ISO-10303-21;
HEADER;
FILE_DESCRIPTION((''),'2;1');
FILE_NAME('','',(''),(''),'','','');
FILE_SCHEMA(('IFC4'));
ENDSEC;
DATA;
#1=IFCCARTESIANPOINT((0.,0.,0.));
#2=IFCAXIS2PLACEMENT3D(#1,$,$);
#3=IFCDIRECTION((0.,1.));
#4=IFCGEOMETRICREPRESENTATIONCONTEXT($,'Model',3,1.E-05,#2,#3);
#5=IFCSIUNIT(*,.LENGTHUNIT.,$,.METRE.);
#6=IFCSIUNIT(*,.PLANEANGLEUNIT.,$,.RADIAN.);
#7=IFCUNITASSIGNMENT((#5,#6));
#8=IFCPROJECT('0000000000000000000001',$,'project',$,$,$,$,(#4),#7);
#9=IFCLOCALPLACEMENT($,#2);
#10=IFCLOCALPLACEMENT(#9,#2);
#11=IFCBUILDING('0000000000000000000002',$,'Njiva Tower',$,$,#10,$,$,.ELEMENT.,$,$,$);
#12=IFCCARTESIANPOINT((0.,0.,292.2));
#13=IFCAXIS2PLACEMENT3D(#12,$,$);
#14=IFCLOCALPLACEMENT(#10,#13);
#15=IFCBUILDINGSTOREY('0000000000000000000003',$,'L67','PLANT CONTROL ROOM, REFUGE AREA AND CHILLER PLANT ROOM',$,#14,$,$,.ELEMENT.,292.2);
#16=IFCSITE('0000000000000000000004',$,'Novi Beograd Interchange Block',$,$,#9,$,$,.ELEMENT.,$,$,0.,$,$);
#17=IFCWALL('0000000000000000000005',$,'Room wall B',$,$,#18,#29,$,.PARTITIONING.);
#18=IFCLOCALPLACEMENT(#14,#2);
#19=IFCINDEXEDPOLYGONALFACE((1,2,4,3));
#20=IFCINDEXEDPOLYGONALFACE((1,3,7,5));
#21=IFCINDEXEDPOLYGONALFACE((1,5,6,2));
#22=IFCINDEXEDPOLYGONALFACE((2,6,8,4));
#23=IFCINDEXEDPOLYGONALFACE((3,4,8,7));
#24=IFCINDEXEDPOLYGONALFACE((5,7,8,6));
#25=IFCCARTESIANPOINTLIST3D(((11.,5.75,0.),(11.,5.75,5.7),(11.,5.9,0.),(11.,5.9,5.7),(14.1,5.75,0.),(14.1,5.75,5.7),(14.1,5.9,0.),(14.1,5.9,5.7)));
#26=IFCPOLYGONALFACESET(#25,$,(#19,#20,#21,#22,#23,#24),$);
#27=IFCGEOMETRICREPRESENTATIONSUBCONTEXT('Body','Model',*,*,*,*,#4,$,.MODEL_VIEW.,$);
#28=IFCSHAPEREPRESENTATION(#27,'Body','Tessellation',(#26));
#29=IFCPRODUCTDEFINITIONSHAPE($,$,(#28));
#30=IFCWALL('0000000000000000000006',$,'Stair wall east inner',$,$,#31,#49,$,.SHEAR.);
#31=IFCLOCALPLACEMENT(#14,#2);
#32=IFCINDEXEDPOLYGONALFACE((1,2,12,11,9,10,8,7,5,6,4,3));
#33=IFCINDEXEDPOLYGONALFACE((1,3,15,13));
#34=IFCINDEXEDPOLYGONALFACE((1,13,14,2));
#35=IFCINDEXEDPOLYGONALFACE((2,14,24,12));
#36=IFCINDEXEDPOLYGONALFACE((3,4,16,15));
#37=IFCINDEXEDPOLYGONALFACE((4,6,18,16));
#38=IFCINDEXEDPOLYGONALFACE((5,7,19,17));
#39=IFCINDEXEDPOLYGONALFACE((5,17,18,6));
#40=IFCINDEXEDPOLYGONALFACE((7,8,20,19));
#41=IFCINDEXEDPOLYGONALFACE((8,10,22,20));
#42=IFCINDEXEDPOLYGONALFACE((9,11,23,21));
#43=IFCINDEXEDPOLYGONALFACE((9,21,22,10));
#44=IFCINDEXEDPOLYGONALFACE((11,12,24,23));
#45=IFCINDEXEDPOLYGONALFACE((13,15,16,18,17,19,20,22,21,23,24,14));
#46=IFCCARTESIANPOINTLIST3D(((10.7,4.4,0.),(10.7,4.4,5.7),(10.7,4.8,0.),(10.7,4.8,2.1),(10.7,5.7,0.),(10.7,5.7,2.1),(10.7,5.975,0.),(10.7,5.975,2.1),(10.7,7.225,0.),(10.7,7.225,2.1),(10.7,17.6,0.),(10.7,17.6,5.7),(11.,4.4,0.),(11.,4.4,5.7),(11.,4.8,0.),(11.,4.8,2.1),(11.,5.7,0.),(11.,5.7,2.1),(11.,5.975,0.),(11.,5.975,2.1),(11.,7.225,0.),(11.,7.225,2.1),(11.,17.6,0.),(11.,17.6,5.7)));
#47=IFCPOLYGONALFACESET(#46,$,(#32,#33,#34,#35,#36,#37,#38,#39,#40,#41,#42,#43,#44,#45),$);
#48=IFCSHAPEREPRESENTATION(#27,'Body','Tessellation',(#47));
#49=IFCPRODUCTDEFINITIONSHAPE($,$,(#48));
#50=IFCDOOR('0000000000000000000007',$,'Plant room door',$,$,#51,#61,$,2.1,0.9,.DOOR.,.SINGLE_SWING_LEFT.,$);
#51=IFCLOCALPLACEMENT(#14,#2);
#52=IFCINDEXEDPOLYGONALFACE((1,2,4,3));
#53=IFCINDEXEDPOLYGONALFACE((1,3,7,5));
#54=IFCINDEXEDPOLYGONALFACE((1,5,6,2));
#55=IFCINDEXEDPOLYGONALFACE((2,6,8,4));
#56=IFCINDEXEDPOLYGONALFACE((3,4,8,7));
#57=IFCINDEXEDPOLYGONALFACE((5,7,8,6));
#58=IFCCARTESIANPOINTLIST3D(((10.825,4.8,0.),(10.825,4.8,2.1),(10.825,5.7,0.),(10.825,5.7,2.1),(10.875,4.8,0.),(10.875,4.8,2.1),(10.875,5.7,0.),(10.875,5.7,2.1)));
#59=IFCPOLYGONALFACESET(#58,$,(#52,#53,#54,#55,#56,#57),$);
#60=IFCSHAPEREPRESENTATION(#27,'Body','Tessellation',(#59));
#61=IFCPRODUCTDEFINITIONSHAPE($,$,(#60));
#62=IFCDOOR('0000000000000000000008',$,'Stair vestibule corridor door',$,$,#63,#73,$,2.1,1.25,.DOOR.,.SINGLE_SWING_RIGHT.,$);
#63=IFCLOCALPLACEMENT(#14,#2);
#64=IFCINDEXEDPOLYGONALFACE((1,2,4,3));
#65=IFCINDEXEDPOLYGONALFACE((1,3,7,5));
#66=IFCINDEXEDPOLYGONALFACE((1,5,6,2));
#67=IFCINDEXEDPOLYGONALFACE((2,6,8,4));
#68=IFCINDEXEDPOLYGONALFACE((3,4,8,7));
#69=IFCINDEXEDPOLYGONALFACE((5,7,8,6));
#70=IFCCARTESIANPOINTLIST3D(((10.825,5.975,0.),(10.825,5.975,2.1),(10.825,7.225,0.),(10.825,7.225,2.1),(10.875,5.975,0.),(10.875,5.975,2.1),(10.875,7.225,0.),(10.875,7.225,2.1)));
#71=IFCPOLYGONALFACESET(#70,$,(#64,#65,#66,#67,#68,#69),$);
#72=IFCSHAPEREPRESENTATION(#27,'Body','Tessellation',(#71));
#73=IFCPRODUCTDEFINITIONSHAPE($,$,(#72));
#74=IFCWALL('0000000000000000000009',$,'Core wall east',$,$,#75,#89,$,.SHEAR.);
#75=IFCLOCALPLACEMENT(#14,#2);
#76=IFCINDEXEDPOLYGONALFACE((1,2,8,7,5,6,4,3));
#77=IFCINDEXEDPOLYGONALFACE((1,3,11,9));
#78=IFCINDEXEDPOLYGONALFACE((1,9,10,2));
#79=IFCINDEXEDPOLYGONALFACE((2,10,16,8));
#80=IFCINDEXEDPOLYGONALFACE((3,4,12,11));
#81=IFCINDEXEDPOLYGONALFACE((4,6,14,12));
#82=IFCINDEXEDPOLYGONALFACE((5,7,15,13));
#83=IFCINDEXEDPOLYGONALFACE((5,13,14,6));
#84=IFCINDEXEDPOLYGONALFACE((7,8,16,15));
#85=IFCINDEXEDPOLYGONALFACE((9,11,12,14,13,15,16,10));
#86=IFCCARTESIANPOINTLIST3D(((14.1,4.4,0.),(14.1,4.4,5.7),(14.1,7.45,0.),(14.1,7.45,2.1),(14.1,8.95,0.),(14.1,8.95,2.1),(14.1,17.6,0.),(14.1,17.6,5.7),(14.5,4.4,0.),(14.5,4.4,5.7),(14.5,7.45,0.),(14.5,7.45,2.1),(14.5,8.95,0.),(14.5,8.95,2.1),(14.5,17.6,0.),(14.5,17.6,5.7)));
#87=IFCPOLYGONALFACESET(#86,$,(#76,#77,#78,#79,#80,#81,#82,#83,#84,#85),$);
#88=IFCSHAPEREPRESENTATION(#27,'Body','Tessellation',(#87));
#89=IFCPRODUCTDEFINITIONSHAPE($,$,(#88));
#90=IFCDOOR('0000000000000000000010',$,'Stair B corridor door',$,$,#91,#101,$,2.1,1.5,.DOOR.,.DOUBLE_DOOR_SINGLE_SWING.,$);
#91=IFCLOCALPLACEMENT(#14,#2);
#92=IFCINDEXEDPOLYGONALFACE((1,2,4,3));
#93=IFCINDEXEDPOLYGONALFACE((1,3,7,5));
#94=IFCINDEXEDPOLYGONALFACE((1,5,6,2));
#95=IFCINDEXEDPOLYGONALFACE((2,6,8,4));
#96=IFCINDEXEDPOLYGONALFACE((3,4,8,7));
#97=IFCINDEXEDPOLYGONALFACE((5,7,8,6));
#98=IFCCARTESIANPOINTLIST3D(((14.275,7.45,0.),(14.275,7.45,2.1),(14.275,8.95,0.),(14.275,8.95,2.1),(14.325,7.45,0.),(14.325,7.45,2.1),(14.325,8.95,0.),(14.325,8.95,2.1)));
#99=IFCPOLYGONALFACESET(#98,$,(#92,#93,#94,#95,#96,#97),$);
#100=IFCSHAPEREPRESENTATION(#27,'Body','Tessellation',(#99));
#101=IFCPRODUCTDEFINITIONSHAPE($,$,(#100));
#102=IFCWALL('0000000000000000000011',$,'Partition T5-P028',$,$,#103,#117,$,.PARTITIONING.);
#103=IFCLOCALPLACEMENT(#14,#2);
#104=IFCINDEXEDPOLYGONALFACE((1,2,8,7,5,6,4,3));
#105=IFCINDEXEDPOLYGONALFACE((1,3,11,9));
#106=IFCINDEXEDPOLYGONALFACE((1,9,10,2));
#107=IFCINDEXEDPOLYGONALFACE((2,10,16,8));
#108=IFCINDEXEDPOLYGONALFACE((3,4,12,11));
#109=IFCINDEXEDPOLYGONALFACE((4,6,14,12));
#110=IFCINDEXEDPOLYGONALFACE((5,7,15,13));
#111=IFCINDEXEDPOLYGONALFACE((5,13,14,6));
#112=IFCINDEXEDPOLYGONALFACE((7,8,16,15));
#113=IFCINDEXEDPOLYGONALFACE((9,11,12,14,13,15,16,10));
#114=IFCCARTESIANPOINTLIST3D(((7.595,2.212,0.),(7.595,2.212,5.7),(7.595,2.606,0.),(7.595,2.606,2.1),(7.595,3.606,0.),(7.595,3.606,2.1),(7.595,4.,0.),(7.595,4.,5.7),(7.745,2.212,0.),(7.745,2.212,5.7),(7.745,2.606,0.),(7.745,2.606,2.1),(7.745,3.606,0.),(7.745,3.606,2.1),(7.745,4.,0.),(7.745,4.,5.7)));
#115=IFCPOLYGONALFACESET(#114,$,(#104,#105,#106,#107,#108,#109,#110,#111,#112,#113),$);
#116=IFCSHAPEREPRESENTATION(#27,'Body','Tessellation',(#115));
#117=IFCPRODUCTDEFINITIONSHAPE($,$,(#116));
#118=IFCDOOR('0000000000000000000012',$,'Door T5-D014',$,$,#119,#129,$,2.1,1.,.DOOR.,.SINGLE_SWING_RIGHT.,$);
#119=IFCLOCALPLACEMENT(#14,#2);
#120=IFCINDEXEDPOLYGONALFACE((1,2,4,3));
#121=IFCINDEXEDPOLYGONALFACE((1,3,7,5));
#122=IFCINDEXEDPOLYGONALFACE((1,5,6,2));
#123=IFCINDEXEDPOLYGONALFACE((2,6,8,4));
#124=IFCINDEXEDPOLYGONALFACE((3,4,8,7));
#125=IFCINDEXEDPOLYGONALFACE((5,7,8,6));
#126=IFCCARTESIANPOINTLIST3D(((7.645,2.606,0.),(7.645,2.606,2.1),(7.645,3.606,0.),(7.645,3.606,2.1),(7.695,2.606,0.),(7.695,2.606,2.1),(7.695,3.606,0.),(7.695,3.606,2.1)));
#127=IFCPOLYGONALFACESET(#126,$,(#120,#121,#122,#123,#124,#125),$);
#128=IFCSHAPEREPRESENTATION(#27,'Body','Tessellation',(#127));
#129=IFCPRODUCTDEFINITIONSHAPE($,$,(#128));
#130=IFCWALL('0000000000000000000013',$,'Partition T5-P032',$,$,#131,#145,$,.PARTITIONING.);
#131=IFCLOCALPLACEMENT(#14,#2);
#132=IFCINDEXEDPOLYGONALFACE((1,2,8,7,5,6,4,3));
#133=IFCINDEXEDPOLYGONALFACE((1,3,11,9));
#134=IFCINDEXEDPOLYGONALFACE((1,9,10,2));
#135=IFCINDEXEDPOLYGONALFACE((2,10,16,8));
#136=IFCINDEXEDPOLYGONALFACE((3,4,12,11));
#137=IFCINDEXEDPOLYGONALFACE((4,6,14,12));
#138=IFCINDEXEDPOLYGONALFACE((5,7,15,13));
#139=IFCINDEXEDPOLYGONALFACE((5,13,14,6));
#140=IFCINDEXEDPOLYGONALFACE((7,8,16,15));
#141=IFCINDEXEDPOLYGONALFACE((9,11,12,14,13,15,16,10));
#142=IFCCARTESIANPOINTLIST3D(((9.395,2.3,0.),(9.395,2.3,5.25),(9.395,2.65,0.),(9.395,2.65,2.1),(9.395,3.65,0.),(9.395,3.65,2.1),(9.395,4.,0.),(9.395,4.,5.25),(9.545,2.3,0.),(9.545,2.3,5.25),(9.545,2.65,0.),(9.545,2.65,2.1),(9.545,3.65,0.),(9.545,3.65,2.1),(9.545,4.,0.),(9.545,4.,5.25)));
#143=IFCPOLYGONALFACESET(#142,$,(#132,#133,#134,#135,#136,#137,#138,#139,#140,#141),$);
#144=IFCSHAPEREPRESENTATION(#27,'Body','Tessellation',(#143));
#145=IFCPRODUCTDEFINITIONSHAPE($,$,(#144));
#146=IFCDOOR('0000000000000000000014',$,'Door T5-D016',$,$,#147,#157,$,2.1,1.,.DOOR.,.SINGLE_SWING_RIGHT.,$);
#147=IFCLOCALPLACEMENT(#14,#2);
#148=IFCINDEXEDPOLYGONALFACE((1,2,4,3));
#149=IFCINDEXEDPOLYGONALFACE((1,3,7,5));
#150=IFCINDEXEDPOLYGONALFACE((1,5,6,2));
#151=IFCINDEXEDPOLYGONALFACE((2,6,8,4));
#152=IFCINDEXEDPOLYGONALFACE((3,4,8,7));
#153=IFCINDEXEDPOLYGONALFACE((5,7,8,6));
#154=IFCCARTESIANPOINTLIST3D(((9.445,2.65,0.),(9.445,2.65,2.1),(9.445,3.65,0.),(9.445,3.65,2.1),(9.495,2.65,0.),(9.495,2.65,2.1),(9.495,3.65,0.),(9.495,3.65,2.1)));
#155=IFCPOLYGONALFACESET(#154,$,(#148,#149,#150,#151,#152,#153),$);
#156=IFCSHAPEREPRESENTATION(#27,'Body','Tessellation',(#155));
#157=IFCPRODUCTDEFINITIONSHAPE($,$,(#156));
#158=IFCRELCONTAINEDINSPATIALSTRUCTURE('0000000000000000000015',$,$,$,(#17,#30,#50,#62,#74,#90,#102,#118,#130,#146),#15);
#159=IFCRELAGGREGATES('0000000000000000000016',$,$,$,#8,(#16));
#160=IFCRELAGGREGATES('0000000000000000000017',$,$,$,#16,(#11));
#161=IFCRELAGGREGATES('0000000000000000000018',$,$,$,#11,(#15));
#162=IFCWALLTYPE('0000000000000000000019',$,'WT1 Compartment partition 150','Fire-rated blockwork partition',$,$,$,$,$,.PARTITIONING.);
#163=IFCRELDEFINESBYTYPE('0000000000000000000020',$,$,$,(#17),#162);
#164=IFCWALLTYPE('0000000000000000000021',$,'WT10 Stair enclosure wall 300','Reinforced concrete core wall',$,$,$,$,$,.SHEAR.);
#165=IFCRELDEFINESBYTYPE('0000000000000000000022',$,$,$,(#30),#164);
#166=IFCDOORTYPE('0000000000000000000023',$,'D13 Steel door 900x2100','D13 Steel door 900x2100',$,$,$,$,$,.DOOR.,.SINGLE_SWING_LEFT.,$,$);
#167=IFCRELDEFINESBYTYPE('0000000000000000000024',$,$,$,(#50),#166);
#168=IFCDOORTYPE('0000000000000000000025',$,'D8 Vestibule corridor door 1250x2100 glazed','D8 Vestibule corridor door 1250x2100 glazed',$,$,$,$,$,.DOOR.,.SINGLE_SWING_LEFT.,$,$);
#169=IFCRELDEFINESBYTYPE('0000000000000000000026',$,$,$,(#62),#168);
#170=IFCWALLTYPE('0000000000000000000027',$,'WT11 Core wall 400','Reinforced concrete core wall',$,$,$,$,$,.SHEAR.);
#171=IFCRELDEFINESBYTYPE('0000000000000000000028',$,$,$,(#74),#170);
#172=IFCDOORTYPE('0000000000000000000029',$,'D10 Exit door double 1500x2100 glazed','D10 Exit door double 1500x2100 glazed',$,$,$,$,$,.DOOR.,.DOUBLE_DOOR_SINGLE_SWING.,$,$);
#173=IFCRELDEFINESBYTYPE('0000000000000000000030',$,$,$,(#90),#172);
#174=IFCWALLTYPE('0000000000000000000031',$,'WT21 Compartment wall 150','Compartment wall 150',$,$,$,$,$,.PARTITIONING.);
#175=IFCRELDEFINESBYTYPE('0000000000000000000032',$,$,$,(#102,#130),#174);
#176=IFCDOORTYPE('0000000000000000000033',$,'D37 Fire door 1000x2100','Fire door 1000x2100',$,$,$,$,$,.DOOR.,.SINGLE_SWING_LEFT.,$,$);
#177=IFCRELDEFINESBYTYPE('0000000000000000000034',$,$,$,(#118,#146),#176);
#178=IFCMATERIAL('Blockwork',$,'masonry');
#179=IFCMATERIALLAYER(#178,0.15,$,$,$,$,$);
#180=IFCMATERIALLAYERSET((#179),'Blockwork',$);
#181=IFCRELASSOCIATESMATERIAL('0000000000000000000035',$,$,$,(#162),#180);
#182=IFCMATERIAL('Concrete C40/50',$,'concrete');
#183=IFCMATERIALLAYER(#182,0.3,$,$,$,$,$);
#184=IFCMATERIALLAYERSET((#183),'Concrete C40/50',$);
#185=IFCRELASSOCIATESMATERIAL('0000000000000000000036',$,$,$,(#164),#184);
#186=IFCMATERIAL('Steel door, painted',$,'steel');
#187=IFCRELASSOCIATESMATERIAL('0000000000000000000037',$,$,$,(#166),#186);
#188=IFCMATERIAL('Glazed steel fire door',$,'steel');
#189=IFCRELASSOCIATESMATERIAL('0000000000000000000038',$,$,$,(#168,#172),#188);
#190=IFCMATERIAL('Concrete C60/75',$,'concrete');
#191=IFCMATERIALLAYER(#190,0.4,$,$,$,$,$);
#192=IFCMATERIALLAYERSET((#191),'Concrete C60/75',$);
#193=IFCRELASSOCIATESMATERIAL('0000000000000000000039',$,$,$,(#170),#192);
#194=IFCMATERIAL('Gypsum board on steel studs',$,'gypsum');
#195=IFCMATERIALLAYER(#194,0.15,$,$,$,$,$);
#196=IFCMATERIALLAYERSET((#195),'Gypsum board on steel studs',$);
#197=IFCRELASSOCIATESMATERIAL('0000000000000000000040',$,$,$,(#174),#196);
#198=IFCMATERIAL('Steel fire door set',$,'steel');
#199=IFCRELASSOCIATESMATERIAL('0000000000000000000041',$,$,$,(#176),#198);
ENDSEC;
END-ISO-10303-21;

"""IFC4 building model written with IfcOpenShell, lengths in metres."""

from ifc_helpers import new_model, si_unit, direction, frame, frame_2d, origin, place, context, subcontext, project, spatial, rectangle, extrude, material, layer, layer_set, type_object, element, fill, save


model = new_model("IFC4")

# Units and contexts
model_context = context("Model", 3, precision=1e-05, world=origin(), true_north=direction((0.0, 1.0)))
body_context = subcontext(model_context, "Body", "Model", "MODEL_VIEW")
ifc_project = project(units=[si_unit("LENGTHUNIT", "METRE"), si_unit("PLANEANGLEUNIT", "RADIAN")], contexts=[model_context])

# Site, building, storey
site_placement = place(None, origin())
site = spatial("IfcSite", under=ifc_project, at=site_placement, Name="Novi Beograd Interchange Block", CompositionType="ELEMENT", RefElevation=0.0)
building_placement = place(site_placement, origin())
building = spatial("IfcBuilding", under=site, at=building_placement, Name="Njiva Tower", CompositionType="ELEMENT")
storey_placement = place(building_placement, frame((0.0, 0.0, 292.2)))
storey = spatial("IfcBuildingStorey", under=building, at=storey_placement, Name="L67", Description="PLANT CONTROL ROOM, REFUGE AREA AND CHILLER PLANT ROOM", CompositionType="ELEMENT", Elevation=292.2)

# Wall
ifc_material_1 = material(Name="Blockwork", Category="masonry")
ifc_layer_1 = layer(ifc_material_1, 0.15)
ifc_layer_set_1 = layer_set([ifc_layer_1], Name="Blockwork")
wall_type_1 = type_object("IfcWallType", Name="WT1 Compartment partition 150", Description="Fire-rated blockwork partition", PredefinedType="PARTITIONING", material=ifc_layer_set_1)
wall_1_placement = place(storey_placement, frame((11.0, 5.825, 0.0), z_axis=(0.0, 0.0, 1.0), x_axis=(1.0, 0.0, 0.0)))
element("IfcWall", 1, at=wall_1_placement, inside=storey, type_object=wall_type_1, Name="Room wall B", PredefinedType="PARTITIONING", context=body_context, shape_type="SweptSolid", body=[
    extrude(rectangle(XDim=3.1, YDim=0.15, at=frame_2d((1.55, 0.0))), origin(), (0.0, 0.0, 1.0), 5.7),
])

# Wall, openings, doors
ifc_material_2 = material(Name="Concrete C40/50", Category="concrete")
ifc_layer_2 = layer(ifc_material_2, 0.3)
ifc_layer_set_2 = layer_set([ifc_layer_2], Name="Concrete C40/50")
wall_type_2 = type_object("IfcWallType", Name="WT10 Stair enclosure wall 300", Description="Reinforced concrete core wall", PredefinedType="SHEAR", material=ifc_layer_set_2)
wall_2_placement = place(storey_placement, frame((10.85, 4.4, 0.0), z_axis=(0.0, 0.0, 1.0), x_axis=(0.0, 1.0, 0.0)))
wall_2 = element("IfcWall", 2, at=wall_2_placement, inside=storey, type_object=wall_type_2, Name="Stair wall east inner", PredefinedType="SHEAR", context=body_context, shape_type="SweptSolid", body=[
    extrude(rectangle(XDim=13.2, YDim=0.3, at=frame_2d((6.6, 0.0))), origin(), (0.0, 0.0, 1.0), 5.7),
])
opening_1_placement = place(wall_2_placement, frame((1.575, 0.0, 0.0)))
opening_1 = element("IfcOpeningElement", 3, at=opening_1_placement, cuts=wall_2, PredefinedType="OPENING", context=body_context, shape_type="SweptSolid", body=[
    extrude(rectangle(XDim=1.25, YDim=2.1, at=frame_2d((0.625, 1.05))), frame((0.0, 0.16, 0.0), z_axis=(0.0, -1.0, 0.0), x_axis=(1.0, 0.0, 0.0)), (0.0, 0.0, 1.0), 0.32),
])
opening_2_placement = place(wall_2_placement, frame((0.4, 0.0, 0.0)))
opening_2 = element("IfcOpeningElement", 4, at=opening_2_placement, cuts=wall_2, PredefinedType="OPENING", context=body_context, shape_type="SweptSolid", body=[
    extrude(rectangle(XDim=0.9, YDim=2.1, at=frame_2d((0.45, 1.05))), frame((0.0, 0.16, 0.0), z_axis=(0.0, -1.0, 0.0), x_axis=(1.0, 0.0, 0.0)), (0.0, 0.0, 1.0), 0.32),
])
ifc_material_3 = material(Name="Steel door, painted", Category="steel")
door_type_1 = type_object("IfcDoorType", Name="D13 Steel door 900x2100", Description="D13 Steel door 900x2100", OperationType="SINGLE_SWING_LEFT", PredefinedType="DOOR", material=ifc_material_3)
door_1_placement = place(opening_2_placement, origin())
door_1 = element("IfcDoor", 5, at=door_1_placement, inside=storey, type_object=door_type_1, Name="Plant room door", OperationType="SINGLE_SWING_LEFT", OverallHeight=2.1, OverallWidth=0.9, PredefinedType="DOOR", context=body_context, shape_type="SweptSolid", body=[
    extrude(rectangle(XDim=0.9, YDim=2.1, at=frame_2d((0.45, 1.05))), frame((0.0, 0.025, 0.0), z_axis=(0.0, -1.0, 0.0), x_axis=(1.0, 0.0, 0.0)), (0.0, 0.0, 1.0), 0.05),
])
fill(opening_2, door_1)
ifc_material_4 = material(Name="Glazed steel fire door", Category="steel")
door_type_2 = type_object("IfcDoorType", Name="D8 Vestibule corridor door 1250x2100 glazed", Description="D8 Vestibule corridor door 1250x2100 glazed", OperationType="SINGLE_SWING_LEFT", PredefinedType="DOOR", material=ifc_material_4)
door_2_placement = place(opening_1_placement, origin())
door_2 = element("IfcDoor", 6, at=door_2_placement, inside=storey, type_object=door_type_2, Name="Stair vestibule corridor door", OperationType="SINGLE_SWING_RIGHT", OverallHeight=2.1, OverallWidth=1.25, PredefinedType="DOOR", context=body_context, shape_type="SweptSolid", body=[
    extrude(rectangle(XDim=1.25, YDim=2.1, at=frame_2d((0.625, 1.05))), frame((0.0, 0.025, 0.0), z_axis=(0.0, -1.0, 0.0), x_axis=(1.0, 0.0, 0.0)), (0.0, 0.0, 1.0), 0.05),
])
fill(opening_1, door_2)

# Walls, openings, doors
ifc_material_5 = material(Name="Concrete C60/75", Category="concrete")
ifc_layer_3 = layer(ifc_material_5, 0.4)
ifc_layer_set_3 = layer_set([ifc_layer_3], Name="Concrete C60/75")
wall_type_3 = type_object("IfcWallType", Name="WT11 Core wall 400", Description="Reinforced concrete core wall", PredefinedType="SHEAR", material=ifc_layer_set_3)
wall_3_placement = place(storey_placement, frame((14.3, 4.4, 0.0), z_axis=(0.0, 0.0, 1.0), x_axis=(0.0, 1.0, 0.0)))
wall_3 = element("IfcWall", 7, at=wall_3_placement, inside=storey, type_object=wall_type_3, Name="Core wall east", PredefinedType="SHEAR", context=body_context, shape_type="SweptSolid", body=[
    extrude(rectangle(XDim=13.2, YDim=0.4, at=frame_2d((6.6, 0.0))), origin(), (0.0, 0.0, 1.0), 5.7),
])
opening_3_placement = place(wall_3_placement, frame((3.05, 0.0, 0.0)))
opening_3 = element("IfcOpeningElement", 8, at=opening_3_placement, cuts=wall_3, PredefinedType="OPENING", context=body_context, shape_type="SweptSolid", body=[
    extrude(rectangle(XDim=1.5, YDim=2.1, at=frame_2d((0.75, 1.05))), frame((0.0, 0.21, 0.0), z_axis=(0.0, -1.0, 0.0), x_axis=(1.0, 0.0, 0.0)), (0.0, 0.0, 1.0), 0.42),
])
door_type_3 = type_object("IfcDoorType", Name="D10 Exit door double 1500x2100 glazed", Description="D10 Exit door double 1500x2100 glazed", OperationType="DOUBLE_DOOR_SINGLE_SWING", PredefinedType="DOOR", material=ifc_material_4)
door_3_placement = place(opening_3_placement, origin())
door_3 = element("IfcDoor", 9, at=door_3_placement, inside=storey, type_object=door_type_3, Name="Stair B corridor door", OperationType="DOUBLE_DOOR_SINGLE_SWING", OverallHeight=2.1, OverallWidth=1.5, PredefinedType="DOOR", context=body_context, shape_type="SweptSolid", body=[
    extrude(rectangle(XDim=1.5, YDim=2.1, at=frame_2d((0.75, 1.05))), frame((0.0, 0.025, 0.0), z_axis=(0.0, -1.0, 0.0), x_axis=(1.0, 0.0, 0.0)), (0.0, 0.0, 1.0), 0.05),
])
fill(opening_3, door_3)
ifc_material_6 = material(Name="Gypsum board on steel studs", Category="gypsum")
ifc_layer_4 = layer(ifc_material_6, 0.15)
ifc_layer_set_4 = layer_set([ifc_layer_4], Name="Gypsum board on steel studs")
wall_type_4 = type_object("IfcWallType", Name="WT21 Compartment wall 150", Description="Compartment wall 150", PredefinedType="PARTITIONING", material=ifc_layer_set_4)
wall_4_placement = place(storey_placement, frame((7.67, 2.212, 0.0), z_axis=(0.0, 0.0, 1.0), x_axis=(0.0, 1.0, 0.0)))
wall_4 = element("IfcWall", 10, at=wall_4_placement, inside=storey, type_object=wall_type_4, Name="Partition T5-P028", PredefinedType="PARTITIONING", context=body_context, shape_type="SweptSolid", body=[
    extrude(rectangle(XDim=1.788, YDim=0.15, at=frame_2d((0.894, 0.0))), origin(), (0.0, 0.0, 1.0), 5.7),
])
opening_4_placement = place(wall_4_placement, frame((0.394, 0.0, 0.0)))
opening_4 = element("IfcOpeningElement", 11, at=opening_4_placement, cuts=wall_4, PredefinedType="OPENING", context=body_context, shape_type="SweptSolid", body=[
    extrude(rectangle(XDim=1.0, YDim=2.1, at=frame_2d((0.5, 1.05))), frame((0.0, 0.085, 0.0), z_axis=(0.0, -1.0, 0.0), x_axis=(1.0, 0.0, 0.0)), (0.0, 0.0, 1.0), 0.17),
])
ifc_material_7 = material(Name="Steel fire door set", Category="steel")
door_type_4 = type_object("IfcDoorType", Name="D37 Fire door 1000x2100", Description="Fire door 1000x2100", OperationType="SINGLE_SWING_LEFT", PredefinedType="DOOR", material=ifc_material_7)
door_4_placement = place(opening_4_placement, origin())
door_4 = element("IfcDoor", 12, at=door_4_placement, inside=storey, type_object=door_type_4, Name="Door T5-D014", OperationType="SINGLE_SWING_RIGHT", OverallHeight=2.1, OverallWidth=1.0, PredefinedType="DOOR", context=body_context, shape_type="SweptSolid", body=[
    extrude(rectangle(XDim=1.0, YDim=2.1, at=frame_2d((0.5, 1.05))), frame((0.0, 0.025, 0.0), z_axis=(0.0, -1.0, 0.0), x_axis=(1.0, 0.0, 0.0)), (0.0, 0.0, 1.0), 0.05),
])
fill(opening_4, door_4)
wall_5_placement = place(storey_placement, frame((9.47, 2.3, 0.0), z_axis=(0.0, 0.0, 1.0), x_axis=(0.0, 1.0, 0.0)))
wall_5 = element("IfcWall", 13, at=wall_5_placement, inside=storey, type_object=wall_type_4, Name="Partition T5-P032", PredefinedType="PARTITIONING", context=body_context, shape_type="SweptSolid", body=[
    extrude(rectangle(XDim=1.7, YDim=0.15, at=frame_2d((0.85, 0.0))), origin(), (0.0, 0.0, 1.0), 5.25),
])
opening_5_placement = place(wall_5_placement, frame((0.35, 0.0, 0.0)))
opening_5 = element("IfcOpeningElement", 14, at=opening_5_placement, cuts=wall_5, PredefinedType="OPENING", context=body_context, shape_type="SweptSolid", body=[
    extrude(rectangle(XDim=1.0, YDim=2.1, at=frame_2d((0.5, 1.05))), frame((0.0, 0.085, 0.0), z_axis=(0.0, -1.0, 0.0), x_axis=(1.0, 0.0, 0.0)), (0.0, 0.0, 1.0), 0.17),
])
door_5_placement = place(opening_5_placement, origin())
door_5 = element("IfcDoor", 15, at=door_5_placement, inside=storey, type_object=door_type_4, Name="Door T5-D016", OperationType="SINGLE_SWING_RIGHT", OverallHeight=2.1, OverallWidth=1.0, PredefinedType="DOOR", context=body_context, shape_type="SweptSolid", body=[
    extrude(rectangle(XDim=1.0, YDim=2.1, at=frame_2d((0.5, 1.05))), frame((0.0, 0.025, 0.0), z_axis=(0.0, -1.0, 0.0), x_axis=(1.0, 0.0, 0.0)), (0.0, 0.0, 1.0), 0.05),
])
fill(opening_5, door_5)

save(model, "model.ifc")
